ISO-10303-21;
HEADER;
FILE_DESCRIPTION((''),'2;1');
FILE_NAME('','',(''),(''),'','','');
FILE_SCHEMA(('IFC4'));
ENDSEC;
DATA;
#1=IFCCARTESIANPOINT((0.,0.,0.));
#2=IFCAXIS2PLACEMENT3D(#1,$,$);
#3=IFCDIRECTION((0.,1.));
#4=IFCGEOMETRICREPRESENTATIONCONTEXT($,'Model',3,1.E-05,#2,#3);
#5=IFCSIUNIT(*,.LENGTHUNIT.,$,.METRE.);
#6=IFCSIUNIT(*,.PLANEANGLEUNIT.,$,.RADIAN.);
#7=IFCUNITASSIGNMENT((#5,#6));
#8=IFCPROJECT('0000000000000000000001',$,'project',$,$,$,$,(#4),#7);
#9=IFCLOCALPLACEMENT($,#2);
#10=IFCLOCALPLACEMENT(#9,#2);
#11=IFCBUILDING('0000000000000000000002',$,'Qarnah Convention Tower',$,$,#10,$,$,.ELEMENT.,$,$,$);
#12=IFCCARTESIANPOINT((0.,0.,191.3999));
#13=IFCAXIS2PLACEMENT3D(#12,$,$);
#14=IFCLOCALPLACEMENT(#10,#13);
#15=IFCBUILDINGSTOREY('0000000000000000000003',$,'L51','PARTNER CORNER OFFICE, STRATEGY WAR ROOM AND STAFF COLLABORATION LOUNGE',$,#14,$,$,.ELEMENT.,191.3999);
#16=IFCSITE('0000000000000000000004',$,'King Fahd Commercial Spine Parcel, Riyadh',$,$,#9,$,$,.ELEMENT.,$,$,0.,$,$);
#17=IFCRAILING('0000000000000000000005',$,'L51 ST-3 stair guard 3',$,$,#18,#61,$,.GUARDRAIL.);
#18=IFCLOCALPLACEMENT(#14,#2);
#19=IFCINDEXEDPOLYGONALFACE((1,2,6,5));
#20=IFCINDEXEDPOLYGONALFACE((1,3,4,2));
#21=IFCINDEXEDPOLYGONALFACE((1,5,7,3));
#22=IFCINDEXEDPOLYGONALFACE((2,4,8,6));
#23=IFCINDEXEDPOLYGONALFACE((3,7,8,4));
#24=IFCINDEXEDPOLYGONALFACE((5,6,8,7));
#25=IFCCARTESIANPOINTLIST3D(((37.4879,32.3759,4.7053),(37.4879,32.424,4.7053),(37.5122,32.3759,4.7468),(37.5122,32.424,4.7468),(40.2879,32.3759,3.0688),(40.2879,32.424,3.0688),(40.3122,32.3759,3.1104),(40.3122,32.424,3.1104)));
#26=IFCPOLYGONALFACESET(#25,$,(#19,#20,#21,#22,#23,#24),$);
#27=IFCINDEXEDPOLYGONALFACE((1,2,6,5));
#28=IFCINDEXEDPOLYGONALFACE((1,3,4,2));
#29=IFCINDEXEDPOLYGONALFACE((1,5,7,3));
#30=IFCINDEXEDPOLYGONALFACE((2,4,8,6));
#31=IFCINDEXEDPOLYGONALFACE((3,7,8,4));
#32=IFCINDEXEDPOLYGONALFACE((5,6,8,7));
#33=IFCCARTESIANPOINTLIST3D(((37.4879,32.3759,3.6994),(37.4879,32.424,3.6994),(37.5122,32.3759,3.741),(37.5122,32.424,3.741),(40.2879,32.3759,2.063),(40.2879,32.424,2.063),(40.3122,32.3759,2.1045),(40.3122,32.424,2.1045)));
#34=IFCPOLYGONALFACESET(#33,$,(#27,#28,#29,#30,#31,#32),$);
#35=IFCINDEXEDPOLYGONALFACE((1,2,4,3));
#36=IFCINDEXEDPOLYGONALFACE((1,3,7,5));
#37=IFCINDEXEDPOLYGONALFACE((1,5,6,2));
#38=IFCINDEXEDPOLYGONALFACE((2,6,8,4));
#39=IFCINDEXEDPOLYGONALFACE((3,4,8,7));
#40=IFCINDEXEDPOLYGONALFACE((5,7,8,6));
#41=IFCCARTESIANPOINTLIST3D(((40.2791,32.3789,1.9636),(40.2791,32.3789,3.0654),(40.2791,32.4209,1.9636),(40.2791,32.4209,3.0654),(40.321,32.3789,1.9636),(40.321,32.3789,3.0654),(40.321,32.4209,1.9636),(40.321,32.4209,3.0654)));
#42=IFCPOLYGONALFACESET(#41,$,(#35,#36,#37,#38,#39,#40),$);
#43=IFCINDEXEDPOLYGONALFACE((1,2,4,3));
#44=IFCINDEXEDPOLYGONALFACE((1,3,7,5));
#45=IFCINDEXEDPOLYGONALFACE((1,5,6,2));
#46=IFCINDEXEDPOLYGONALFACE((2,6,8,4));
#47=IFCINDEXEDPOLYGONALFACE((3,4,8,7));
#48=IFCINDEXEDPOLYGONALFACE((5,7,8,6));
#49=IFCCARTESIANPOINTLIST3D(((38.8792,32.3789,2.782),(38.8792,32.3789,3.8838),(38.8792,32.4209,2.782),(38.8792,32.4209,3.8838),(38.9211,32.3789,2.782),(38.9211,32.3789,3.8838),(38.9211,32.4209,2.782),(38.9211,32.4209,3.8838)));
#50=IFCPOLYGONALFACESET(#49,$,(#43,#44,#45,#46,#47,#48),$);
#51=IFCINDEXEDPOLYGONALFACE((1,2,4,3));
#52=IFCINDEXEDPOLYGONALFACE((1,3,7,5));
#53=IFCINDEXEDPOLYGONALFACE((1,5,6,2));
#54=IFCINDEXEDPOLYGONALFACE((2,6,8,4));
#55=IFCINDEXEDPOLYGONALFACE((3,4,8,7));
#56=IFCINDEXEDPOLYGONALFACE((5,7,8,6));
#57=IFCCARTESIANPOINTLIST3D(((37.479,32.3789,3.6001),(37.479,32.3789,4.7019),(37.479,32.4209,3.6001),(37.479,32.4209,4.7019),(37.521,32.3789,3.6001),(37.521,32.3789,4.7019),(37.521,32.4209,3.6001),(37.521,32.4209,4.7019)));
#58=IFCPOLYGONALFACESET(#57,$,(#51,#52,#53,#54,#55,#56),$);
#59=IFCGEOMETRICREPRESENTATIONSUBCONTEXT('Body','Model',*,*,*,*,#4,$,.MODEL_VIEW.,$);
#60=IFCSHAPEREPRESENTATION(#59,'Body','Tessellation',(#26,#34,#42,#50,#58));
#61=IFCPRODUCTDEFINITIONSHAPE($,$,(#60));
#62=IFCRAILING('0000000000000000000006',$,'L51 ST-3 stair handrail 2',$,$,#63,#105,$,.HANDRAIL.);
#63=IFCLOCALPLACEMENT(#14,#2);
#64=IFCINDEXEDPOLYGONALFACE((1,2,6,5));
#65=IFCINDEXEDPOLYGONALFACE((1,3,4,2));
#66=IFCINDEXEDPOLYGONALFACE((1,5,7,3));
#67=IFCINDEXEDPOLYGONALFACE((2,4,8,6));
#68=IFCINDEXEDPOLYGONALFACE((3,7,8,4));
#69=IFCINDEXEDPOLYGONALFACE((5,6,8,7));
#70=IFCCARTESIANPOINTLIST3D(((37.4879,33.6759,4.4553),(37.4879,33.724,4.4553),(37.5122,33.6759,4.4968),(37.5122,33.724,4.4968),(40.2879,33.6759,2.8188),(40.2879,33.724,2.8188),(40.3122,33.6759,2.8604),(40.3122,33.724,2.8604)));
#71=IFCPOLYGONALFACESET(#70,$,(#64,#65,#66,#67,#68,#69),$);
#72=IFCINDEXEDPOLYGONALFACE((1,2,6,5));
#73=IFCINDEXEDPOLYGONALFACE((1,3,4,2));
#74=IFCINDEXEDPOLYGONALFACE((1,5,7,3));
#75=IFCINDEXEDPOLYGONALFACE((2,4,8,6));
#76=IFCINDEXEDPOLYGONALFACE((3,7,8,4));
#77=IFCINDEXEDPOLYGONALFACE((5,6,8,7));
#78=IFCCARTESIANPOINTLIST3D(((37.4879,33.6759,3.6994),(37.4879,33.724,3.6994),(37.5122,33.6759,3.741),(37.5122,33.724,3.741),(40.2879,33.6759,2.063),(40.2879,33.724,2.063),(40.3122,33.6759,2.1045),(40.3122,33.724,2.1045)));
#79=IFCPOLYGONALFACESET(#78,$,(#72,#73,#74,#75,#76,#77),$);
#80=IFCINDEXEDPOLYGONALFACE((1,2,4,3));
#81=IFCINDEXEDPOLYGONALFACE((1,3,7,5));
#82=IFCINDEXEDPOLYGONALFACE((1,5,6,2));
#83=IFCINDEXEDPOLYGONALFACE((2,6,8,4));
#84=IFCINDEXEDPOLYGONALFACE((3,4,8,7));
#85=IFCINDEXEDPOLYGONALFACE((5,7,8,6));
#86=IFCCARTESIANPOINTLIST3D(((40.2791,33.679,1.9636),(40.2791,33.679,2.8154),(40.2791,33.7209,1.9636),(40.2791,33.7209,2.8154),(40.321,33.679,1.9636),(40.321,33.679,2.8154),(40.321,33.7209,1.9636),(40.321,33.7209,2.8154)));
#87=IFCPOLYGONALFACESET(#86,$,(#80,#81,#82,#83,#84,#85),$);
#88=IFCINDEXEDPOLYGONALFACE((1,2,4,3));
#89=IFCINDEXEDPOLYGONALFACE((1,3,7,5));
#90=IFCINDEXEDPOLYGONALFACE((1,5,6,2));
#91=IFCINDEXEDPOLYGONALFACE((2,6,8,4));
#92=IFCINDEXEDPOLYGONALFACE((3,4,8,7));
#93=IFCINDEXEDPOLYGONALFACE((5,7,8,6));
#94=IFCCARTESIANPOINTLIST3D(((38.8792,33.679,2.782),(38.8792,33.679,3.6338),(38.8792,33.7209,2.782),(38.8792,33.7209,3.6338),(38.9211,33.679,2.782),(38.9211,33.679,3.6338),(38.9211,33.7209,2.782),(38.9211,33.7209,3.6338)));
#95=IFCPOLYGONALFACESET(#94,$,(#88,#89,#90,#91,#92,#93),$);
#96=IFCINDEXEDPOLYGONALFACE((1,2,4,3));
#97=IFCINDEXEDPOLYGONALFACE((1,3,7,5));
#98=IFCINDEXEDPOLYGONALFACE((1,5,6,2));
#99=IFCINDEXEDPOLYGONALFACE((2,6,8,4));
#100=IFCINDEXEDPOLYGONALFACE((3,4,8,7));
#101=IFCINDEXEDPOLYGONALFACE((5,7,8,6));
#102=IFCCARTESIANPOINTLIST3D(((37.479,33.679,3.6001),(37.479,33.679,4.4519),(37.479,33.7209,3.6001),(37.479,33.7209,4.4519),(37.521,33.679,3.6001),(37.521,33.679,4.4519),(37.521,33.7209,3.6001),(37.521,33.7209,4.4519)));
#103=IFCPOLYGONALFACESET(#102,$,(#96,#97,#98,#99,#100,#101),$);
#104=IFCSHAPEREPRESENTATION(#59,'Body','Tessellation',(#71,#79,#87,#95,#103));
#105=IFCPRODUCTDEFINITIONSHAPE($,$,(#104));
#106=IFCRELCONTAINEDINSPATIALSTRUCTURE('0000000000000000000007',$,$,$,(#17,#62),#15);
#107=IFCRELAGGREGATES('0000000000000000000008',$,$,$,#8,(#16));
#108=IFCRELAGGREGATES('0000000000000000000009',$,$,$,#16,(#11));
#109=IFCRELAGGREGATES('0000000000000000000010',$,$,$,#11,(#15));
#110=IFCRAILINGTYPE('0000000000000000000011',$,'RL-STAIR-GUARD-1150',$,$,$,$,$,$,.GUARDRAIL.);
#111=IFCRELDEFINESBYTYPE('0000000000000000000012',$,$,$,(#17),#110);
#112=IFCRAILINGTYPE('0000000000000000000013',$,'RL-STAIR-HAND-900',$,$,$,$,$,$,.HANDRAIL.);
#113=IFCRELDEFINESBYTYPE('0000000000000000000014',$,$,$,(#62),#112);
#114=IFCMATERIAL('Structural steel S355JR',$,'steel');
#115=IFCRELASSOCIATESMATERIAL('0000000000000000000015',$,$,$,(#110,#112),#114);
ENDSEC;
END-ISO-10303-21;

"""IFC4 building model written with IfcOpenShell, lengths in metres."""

from ifc_helpers import new_model, si_unit, direction, frame, origin, origin_2d, place, context, subcontext, project, spatial, rectangle, extrude, material, type_object, element, save


model = new_model("IFC4")

# Units and contexts
model_context = context("Model", 3, precision=1e-05, world=origin(), true_north=direction((0.0, 1.0)))
body_context = subcontext(model_context, "Body", "Model", "MODEL_VIEW")
ifc_project = project(units=[si_unit("LENGTHUNIT", "METRE"), si_unit("PLANEANGLEUNIT", "RADIAN")], contexts=[model_context])

# Site, building, storey
site_placement = place(None, origin())
site = spatial("IfcSite", under=ifc_project, at=site_placement, Name="King Fahd Commercial Spine Parcel, Riyadh", CompositionType="ELEMENT", RefElevation=0.0)
building_placement = place(site_placement, origin())
building = spatial("IfcBuilding", under=site, at=building_placement, Name="Qarnah Convention Tower", CompositionType="ELEMENT")
storey_placement = place(building_placement, frame((0.0, 0.0, 191.3999)))
storey = spatial("IfcBuildingStorey", under=building, at=storey_placement, Name="L51", Description="PARTNER CORNER OFFICE, STRATEGY WAR ROOM AND STAFF COLLABORATION LOUNGE", CompositionType="ELEMENT", Elevation=191.3999)

# Shared definitions
ifc_material_1 = material(Name="Structural steel S355JR", Category="steel")

# Railings
railing_type_1 = type_object("IfcRailingType", Name="RL-STAIR-GUARD-1150", PredefinedType="GUARDRAIL", material=ifc_material_1)
railing_1_placement = place(storey_placement, frame((40.3, 32.3999, 1.9636)))
element("IfcRailing", 1, at=railing_1_placement, inside=storey, type_object=railing_type_1, Name="L51 ST-3 stair guard 3", PredefinedType="GUARDRAIL", context=body_context, shape_type="SweptSolid", body=[
    extrude(rectangle(XDim=0.0481, YDim=0.0481, at=origin_2d()), frame((0.0, 0.0, 1.126), z_axis=(-0.863361, 0.0, 0.504587), x_axis=(0.0, -1.0, 0.0)), (0.0, 0.0, 1.0), 3.2432),
    extrude(rectangle(XDim=0.0481, YDim=0.0481, at=origin_2d()), frame((0.0, 0.0, 0.1201), z_axis=(-0.863361, 0.0, 0.504587), x_axis=(0.0, -1.0, 0.0)), (0.0, 0.0, 1.0), 3.2432),
    extrude(rectangle(XDim=0.042, YDim=0.042, at=origin_2d()), origin(), (0.0, 0.0, 1.0), 1.1018),
    extrude(rectangle(XDim=0.042, YDim=0.042, at=origin_2d()), frame((-1.3999, 0.0, 0.8184)), (0.0, 0.0, 1.0), 1.1018),
    extrude(rectangle(XDim=0.042, YDim=0.042, at=origin_2d()), frame((-2.8, 0.0, 1.6365)), (0.0, 0.0, 1.0), 1.1018),
])
railing_type_2 = type_object("IfcRailingType", Name="RL-STAIR-HAND-900", PredefinedType="HANDRAIL", material=ifc_material_1)
railing_2_placement = place(storey_placement, frame((40.3, 33.7, 1.9636)))
element("IfcRailing", 2, at=railing_2_placement, inside=storey, type_object=railing_type_2, Name="L51 ST-3 stair handrail 2", PredefinedType="HANDRAIL", context=body_context, shape_type="SweptSolid", body=[
    extrude(rectangle(XDim=0.0481, YDim=0.0481, at=origin_2d()), frame((0.0, 0.0, 0.876), z_axis=(-0.863361, 0.0, 0.504587), x_axis=(0.0, -1.0, 0.0)), (0.0, 0.0, 1.0), 3.2432),
    extrude(rectangle(XDim=0.0481, YDim=0.0481, at=origin_2d()), frame((0.0, 0.0, 0.1201), z_axis=(-0.863361, 0.0, 0.504587), x_axis=(0.0, -1.0, 0.0)), (0.0, 0.0, 1.0), 3.2432),
    extrude(rectangle(XDim=0.042, YDim=0.042, at=origin_2d()), origin(), (0.0, 0.0, 1.0), 0.8518),
    extrude(rectangle(XDim=0.042, YDim=0.042, at=origin_2d()), frame((-1.3999, 0.0, 0.8184)), (0.0, 0.0, 1.0), 0.8518),
    extrude(rectangle(XDim=0.042, YDim=0.042, at=origin_2d()), frame((-2.8, 0.0, 1.6365)), (0.0, 0.0, 1.0), 0.8518),
])

save(model, "model.ifc")
